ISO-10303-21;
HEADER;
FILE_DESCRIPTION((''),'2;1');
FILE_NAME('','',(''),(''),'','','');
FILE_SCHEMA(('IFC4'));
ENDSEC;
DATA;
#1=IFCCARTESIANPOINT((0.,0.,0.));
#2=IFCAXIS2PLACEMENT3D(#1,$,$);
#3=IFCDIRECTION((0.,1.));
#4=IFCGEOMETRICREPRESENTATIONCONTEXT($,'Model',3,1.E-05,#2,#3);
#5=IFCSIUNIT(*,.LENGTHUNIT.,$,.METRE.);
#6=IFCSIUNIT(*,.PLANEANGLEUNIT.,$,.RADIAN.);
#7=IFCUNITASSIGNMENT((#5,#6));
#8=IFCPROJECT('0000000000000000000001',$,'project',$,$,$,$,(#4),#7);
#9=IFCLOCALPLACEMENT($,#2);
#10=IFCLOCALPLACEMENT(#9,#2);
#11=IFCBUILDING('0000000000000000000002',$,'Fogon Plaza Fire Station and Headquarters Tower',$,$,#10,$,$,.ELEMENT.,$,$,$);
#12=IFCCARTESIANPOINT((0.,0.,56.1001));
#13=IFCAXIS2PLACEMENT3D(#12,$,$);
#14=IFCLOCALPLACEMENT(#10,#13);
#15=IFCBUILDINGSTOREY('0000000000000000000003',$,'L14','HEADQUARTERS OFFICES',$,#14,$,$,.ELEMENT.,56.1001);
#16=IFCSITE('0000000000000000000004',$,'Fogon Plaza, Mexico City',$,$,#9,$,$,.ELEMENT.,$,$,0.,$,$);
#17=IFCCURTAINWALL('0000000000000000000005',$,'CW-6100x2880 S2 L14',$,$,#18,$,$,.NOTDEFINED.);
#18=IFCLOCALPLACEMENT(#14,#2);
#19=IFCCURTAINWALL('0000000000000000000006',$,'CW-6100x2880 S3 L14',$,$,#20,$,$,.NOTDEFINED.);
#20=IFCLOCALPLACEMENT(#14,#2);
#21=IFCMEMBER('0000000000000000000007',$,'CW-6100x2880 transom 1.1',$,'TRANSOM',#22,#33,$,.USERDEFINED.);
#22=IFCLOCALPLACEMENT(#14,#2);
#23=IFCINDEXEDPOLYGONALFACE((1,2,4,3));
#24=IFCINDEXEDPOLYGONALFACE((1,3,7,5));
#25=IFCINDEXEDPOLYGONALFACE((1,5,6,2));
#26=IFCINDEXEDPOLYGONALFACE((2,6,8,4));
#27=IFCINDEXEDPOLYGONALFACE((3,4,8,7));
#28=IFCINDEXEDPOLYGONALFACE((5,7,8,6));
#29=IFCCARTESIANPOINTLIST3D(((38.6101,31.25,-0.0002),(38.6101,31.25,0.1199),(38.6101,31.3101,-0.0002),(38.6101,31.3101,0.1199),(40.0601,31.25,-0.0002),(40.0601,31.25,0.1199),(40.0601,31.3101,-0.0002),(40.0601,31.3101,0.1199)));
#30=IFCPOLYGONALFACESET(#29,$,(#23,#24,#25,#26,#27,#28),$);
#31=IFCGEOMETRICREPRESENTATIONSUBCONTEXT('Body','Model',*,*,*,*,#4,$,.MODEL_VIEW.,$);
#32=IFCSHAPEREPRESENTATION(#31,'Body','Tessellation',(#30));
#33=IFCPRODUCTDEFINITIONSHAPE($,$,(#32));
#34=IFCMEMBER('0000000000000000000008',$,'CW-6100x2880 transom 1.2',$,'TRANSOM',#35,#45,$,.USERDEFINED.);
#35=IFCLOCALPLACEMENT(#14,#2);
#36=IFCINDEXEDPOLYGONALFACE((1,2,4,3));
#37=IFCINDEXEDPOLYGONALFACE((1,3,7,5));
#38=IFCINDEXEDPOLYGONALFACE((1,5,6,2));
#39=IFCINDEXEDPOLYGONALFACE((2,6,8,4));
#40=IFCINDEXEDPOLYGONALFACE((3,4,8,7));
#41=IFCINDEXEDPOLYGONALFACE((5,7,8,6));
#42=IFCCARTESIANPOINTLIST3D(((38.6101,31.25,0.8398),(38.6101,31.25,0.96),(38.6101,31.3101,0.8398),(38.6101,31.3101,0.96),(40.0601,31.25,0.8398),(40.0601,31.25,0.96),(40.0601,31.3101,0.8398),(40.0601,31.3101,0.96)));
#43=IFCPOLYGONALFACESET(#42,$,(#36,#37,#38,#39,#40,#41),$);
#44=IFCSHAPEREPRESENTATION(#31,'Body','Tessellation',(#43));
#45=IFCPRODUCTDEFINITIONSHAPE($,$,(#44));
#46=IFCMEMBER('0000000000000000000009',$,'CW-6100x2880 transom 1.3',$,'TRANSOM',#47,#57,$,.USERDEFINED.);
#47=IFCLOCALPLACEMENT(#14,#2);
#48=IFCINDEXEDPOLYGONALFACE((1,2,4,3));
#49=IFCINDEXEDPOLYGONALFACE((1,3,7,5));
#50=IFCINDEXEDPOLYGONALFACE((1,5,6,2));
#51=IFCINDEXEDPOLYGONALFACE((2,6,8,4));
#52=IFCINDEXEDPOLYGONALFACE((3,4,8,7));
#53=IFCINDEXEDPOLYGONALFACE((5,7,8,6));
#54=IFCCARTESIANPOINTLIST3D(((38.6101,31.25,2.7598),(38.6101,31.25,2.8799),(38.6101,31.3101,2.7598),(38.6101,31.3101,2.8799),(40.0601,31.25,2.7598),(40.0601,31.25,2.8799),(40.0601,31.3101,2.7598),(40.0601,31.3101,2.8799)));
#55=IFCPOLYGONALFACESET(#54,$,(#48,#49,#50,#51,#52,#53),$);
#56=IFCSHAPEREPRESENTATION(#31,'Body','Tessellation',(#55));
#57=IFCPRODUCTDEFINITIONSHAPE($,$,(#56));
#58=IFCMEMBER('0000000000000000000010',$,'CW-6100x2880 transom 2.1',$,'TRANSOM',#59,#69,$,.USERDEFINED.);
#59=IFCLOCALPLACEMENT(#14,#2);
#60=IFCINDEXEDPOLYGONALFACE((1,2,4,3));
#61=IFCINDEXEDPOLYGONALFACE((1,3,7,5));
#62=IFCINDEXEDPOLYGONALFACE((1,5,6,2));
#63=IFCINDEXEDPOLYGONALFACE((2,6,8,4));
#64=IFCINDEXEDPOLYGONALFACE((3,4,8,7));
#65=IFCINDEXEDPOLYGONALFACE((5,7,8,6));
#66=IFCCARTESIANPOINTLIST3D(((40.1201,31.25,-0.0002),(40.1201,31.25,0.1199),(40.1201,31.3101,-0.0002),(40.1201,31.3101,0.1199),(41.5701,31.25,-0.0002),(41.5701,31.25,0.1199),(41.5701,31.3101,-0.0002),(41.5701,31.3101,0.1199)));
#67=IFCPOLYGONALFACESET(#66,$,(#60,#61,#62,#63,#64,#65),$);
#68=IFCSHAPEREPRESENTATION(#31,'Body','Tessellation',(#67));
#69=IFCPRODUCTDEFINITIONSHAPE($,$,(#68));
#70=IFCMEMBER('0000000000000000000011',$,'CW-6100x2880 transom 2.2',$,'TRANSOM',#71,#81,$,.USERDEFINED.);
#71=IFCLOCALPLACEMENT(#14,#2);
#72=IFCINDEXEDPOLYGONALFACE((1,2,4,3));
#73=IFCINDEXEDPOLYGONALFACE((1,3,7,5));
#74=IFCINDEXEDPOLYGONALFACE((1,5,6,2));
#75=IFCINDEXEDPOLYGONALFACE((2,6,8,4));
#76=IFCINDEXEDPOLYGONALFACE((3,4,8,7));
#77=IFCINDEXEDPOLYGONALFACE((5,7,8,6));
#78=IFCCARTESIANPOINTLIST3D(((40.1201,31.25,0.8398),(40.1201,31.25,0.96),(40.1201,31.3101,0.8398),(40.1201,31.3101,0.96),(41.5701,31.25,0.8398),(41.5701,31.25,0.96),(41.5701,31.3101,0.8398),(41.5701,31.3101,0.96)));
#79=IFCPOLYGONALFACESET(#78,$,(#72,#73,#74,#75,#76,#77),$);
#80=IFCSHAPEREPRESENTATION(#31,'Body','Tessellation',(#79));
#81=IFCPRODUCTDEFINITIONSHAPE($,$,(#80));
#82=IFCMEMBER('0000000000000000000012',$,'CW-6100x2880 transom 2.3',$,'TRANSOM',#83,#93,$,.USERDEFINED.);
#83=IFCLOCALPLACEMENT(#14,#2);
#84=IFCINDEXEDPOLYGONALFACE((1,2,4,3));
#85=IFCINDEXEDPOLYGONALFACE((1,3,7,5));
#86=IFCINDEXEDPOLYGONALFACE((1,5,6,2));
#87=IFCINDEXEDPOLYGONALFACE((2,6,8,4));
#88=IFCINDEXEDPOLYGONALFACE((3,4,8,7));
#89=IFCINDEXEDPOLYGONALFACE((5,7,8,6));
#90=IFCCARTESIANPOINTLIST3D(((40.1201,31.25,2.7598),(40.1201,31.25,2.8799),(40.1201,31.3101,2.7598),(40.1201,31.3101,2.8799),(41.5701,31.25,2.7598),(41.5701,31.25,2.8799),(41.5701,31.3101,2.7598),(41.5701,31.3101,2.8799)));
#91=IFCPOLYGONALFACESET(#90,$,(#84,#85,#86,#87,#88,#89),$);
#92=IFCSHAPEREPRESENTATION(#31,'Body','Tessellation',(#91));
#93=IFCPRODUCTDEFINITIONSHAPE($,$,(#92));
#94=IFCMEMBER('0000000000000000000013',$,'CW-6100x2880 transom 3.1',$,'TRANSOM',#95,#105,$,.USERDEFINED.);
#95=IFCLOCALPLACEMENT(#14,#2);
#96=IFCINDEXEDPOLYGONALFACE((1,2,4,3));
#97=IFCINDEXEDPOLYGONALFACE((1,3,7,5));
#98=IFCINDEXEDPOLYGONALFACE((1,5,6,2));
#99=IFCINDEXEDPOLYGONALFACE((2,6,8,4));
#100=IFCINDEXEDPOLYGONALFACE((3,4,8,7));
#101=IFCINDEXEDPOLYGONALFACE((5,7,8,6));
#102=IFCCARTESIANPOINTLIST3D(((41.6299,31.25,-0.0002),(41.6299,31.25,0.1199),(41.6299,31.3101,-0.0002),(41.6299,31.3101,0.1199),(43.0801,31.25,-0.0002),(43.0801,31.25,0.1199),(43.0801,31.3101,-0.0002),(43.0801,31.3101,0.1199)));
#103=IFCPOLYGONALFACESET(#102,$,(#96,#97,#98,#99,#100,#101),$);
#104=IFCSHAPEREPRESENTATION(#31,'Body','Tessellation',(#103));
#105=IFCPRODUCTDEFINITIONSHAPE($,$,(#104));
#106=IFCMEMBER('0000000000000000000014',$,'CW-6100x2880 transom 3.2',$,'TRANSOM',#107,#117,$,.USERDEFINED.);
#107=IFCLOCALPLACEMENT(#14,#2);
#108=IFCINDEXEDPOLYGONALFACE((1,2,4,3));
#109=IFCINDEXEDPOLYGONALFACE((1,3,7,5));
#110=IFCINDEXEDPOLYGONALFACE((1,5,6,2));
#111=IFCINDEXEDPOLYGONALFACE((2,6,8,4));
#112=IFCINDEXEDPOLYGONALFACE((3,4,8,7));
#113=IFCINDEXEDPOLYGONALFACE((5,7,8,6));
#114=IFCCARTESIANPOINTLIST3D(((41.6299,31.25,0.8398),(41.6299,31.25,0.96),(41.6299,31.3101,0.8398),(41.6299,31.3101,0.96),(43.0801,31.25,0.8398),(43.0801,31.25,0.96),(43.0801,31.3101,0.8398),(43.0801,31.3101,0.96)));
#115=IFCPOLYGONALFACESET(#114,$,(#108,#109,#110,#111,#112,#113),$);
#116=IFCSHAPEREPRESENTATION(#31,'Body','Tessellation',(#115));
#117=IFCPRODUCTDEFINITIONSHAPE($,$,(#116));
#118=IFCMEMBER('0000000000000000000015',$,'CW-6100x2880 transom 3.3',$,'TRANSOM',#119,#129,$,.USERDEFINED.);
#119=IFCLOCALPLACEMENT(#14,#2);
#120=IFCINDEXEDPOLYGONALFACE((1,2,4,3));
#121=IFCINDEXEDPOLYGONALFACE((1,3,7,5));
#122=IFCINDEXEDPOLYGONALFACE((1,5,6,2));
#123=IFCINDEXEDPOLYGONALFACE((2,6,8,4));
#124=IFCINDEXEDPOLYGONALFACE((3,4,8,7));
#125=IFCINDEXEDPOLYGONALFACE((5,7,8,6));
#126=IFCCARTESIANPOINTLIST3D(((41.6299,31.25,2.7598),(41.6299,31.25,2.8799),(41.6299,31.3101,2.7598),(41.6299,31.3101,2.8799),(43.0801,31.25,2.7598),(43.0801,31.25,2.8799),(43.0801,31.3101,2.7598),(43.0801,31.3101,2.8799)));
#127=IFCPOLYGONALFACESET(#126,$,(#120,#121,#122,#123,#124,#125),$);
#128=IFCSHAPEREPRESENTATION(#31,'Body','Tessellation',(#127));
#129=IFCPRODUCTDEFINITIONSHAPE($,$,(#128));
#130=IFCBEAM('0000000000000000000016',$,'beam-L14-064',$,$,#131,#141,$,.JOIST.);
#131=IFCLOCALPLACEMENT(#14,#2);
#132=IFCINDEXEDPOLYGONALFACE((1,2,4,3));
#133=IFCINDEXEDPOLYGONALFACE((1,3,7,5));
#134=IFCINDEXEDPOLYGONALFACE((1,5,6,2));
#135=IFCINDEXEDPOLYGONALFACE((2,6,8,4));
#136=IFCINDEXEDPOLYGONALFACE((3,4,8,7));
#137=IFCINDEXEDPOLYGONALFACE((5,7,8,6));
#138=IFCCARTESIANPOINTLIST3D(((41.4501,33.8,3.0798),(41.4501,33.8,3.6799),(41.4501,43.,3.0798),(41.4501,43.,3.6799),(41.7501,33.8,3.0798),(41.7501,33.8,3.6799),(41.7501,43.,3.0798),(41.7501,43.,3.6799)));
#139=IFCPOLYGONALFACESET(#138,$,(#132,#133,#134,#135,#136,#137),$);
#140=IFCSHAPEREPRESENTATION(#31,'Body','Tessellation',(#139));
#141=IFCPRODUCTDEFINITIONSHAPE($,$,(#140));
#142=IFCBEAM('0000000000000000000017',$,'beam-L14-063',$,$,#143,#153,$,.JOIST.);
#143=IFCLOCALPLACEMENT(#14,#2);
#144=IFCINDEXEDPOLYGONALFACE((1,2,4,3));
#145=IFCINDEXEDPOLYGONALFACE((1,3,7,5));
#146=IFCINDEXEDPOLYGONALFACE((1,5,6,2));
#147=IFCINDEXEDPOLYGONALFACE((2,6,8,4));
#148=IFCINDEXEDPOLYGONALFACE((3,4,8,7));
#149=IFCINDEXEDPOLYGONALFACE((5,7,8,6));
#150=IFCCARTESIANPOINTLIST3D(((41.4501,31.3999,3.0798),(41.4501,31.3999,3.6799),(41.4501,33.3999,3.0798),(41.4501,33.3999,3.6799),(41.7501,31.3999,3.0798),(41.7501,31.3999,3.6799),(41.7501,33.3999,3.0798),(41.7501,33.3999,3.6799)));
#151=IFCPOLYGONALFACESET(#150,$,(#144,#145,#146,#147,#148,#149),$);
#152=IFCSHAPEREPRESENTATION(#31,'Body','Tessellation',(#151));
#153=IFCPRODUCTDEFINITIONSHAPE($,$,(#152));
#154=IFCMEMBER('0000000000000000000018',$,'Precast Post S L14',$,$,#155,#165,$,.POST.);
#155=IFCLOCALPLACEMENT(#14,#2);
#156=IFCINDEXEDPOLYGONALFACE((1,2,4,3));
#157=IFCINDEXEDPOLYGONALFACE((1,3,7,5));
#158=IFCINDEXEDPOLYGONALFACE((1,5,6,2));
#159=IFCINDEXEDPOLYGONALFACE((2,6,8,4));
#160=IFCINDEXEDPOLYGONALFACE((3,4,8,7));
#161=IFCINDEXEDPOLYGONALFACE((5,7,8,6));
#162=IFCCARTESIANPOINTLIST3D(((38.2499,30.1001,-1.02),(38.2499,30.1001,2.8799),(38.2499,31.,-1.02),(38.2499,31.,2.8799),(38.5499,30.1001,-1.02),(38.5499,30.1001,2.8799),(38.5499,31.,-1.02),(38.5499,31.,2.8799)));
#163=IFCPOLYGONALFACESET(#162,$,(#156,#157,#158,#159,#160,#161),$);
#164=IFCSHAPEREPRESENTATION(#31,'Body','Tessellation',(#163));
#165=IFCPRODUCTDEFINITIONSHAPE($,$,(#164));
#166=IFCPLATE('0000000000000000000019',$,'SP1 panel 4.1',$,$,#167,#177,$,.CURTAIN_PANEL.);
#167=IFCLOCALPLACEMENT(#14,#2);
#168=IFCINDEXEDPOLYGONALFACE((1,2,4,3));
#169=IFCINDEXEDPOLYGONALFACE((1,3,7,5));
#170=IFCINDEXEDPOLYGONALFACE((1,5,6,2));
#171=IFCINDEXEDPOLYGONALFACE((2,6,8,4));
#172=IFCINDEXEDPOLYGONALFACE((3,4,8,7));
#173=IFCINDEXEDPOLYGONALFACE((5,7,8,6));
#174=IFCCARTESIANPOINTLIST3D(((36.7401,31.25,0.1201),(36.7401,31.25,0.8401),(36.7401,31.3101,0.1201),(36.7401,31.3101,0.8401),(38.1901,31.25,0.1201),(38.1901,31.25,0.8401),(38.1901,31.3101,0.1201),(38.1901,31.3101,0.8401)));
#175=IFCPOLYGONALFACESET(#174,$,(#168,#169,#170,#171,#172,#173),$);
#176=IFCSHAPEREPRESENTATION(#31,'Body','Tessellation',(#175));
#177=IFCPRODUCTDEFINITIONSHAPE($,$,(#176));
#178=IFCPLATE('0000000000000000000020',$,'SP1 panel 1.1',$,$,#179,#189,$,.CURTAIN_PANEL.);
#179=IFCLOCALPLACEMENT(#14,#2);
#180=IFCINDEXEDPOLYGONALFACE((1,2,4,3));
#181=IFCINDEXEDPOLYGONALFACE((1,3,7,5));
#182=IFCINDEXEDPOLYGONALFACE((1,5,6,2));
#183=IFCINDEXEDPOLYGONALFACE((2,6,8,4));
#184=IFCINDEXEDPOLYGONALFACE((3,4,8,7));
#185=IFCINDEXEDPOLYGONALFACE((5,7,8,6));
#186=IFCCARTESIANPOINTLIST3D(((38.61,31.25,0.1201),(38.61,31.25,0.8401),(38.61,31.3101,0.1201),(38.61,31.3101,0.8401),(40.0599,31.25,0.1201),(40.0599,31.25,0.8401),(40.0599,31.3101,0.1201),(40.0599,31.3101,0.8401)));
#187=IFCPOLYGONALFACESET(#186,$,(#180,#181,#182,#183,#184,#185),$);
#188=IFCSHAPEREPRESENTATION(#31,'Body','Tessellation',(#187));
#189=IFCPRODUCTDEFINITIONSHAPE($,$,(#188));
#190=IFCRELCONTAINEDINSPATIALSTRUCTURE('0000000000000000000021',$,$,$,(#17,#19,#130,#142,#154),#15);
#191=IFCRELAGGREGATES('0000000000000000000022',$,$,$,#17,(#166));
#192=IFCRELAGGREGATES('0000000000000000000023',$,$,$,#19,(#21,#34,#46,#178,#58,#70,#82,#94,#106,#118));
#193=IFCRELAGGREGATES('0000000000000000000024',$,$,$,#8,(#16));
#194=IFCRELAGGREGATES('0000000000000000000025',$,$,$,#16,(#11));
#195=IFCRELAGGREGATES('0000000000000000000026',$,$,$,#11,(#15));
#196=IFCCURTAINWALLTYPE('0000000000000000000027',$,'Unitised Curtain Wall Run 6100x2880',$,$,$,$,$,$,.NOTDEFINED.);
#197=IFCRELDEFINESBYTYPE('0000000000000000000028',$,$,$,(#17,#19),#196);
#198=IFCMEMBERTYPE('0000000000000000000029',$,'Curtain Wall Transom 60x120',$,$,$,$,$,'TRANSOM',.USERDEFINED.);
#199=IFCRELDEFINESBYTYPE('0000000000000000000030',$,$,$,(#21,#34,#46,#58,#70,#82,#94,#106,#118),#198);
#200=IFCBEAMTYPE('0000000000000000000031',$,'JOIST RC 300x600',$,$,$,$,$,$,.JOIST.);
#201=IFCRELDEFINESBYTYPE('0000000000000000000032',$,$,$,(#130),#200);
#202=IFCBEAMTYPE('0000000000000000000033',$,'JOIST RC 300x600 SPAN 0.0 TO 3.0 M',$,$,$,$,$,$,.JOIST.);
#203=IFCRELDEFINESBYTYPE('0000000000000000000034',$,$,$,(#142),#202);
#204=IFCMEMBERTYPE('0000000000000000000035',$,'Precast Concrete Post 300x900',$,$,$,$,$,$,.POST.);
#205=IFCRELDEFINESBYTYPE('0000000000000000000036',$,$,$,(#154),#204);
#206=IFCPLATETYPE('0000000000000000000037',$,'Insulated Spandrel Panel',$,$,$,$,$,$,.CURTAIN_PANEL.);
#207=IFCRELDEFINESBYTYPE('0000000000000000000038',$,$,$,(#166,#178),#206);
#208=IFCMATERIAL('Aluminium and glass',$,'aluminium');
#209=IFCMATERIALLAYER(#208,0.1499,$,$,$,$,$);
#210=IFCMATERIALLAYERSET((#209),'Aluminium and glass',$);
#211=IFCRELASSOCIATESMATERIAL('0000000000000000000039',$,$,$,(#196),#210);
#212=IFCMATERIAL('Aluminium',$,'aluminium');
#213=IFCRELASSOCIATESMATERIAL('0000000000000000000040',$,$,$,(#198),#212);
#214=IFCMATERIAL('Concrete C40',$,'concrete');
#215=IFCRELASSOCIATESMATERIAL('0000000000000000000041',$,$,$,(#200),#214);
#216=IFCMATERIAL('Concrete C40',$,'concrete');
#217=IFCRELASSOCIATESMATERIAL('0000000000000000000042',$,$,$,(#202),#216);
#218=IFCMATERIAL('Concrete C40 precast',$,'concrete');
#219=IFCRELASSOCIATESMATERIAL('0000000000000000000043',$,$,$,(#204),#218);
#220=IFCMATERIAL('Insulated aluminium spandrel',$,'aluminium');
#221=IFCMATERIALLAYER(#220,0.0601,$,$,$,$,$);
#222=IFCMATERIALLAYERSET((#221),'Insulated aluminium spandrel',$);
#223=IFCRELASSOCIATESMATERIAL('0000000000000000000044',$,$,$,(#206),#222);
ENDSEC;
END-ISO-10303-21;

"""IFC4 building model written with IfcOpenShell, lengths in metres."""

from ifc_helpers import new_model, si_unit, direction, frame, origin, origin_2d, place, context, subcontext, project, spatial, rectangle, extrude, material, layer, layer_set, material_profile, profile_set, type_object, element, aggregate, save


model = new_model("IFC4")

# Units and contexts
model_context = context("Model", 3, precision=1e-05, world=origin(), true_north=direction((0.0, 1.0)))
body_context = subcontext(model_context, "Body", "Model", "MODEL_VIEW")
ifc_project = project(units=[si_unit("LENGTHUNIT", "METRE"), si_unit("PLANEANGLEUNIT", "RADIAN")], contexts=[model_context])

# Site, building, storey
site_placement = place(None, origin())
site = spatial("IfcSite", under=ifc_project, at=site_placement, Name="Fogon Plaza, Mexico City", CompositionType="ELEMENT", RefElevation=0.0)
building_placement = place(site_placement, origin())
building = spatial("IfcBuilding", under=site, at=building_placement, Name="Fogon Plaza Fire Station and Headquarters Tower", CompositionType="ELEMENT")
storey_placement = place(building_placement, frame((0.0, 0.0, 56.1001)))
storey = spatial("IfcBuildingStorey", under=building, at=storey_placement, Name="L14", Description="HEADQUARTERS OFFICES", CompositionType="ELEMENT", Elevation=56.1001)

# Curtain walls
ifc_material_1 = material(Name="Aluminium and glass", Category="aluminium")
ifc_layer_1 = layer(ifc_material_1, 0.1499)
ifc_layer_set_1 = layer_set([ifc_layer_1], Name="Aluminium and glass")
curtain_wall_type = type_object("IfcCurtainWallType", Name="Unitised Curtain Wall Run 6100x2880", PredefinedType="NOTDEFINED", material=ifc_layer_set_1)
curtain_wall_1_placement = place(storey_placement, origin())
curtain_wall_1 = element("IfcCurtainWall", 1, at=curtain_wall_1_placement, inside=storey, type_object=curtain_wall_type, Name="CW-6100x2880 S2 L14", PredefinedType="NOTDEFINED")
curtain_wall_2_placement = place(storey_placement, origin())
curtain_wall_2 = element("IfcCurtainWall", 2, at=curtain_wall_2_placement, inside=storey, type_object=curtain_wall_type, Name="CW-6100x2880 S3 L14", PredefinedType="NOTDEFINED")

# Members
ifc_material_2 = material(Name="Aluminium", Category="aluminium")
ifc_material_profile_1 = material_profile(ifc_material_2, rectangle(XDim=0.0601, YDim=0.1201, at=origin_2d()), Name="Curtain Wall Transom 60x120")
ifc_profile_set_1 = profile_set([ifc_material_profile_1], Name="Aluminium")
member_type_1 = type_object("IfcMemberType", Name="Curtain Wall Transom 60x120", ElementType="TRANSOM", PredefinedType="USERDEFINED", material=ifc_profile_set_1)
member_1_placement = place(storey_placement, frame((38.6101, 31.28, 0.0598), z_axis=(1.0, 0.0, 0.0), x_axis=(0.0, 1.0, 0.0)))
member_1 = element("IfcMember", 3, at=member_1_placement, type_object=member_type_1, Name="CW-6100x2880 transom 1.1", ObjectType="TRANSOM", PredefinedType="USERDEFINED", context=body_context, shape_type="SweptSolid", body=[
    extrude(rectangle(XDim=0.0601, YDim=0.1201, at=origin_2d()), origin(), (0.0, 0.0, 1.0), 1.45),
])
member_2_placement = place(storey_placement, frame((38.6101, 31.28, 0.8999), z_axis=(1.0, 0.0, 0.0), x_axis=(0.0, 1.0, 0.0)))
member_2 = element("IfcMember", 4, at=member_2_placement, type_object=member_type_1, Name="CW-6100x2880 transom 1.2", ObjectType="TRANSOM", PredefinedType="USERDEFINED", context=body_context, shape_type="SweptSolid", body=[
    extrude(rectangle(XDim=0.0601, YDim=0.1201, at=origin_2d()), origin(), (0.0, 0.0, 1.0), 1.45),
])
member_3_placement = place(storey_placement, frame((38.6101, 31.28, 2.8198), z_axis=(1.0, 0.0, 0.0), x_axis=(0.0, 1.0, 0.0)))
member_3 = element("IfcMember", 5, at=member_3_placement, type_object=member_type_1, Name="CW-6100x2880 transom 1.3", ObjectType="TRANSOM", PredefinedType="USERDEFINED", context=body_context, shape_type="SweptSolid", body=[
    extrude(rectangle(XDim=0.0601, YDim=0.1201, at=origin_2d()), origin(), (0.0, 0.0, 1.0), 1.45),
])
member_4_placement = place(storey_placement, frame((40.1201, 31.28, 0.0598), z_axis=(1.0, 0.0, 0.0), x_axis=(0.0, 1.0, 0.0)))
member_4 = element("IfcMember", 6, at=member_4_placement, type_object=member_type_1, Name="CW-6100x2880 transom 2.1", ObjectType="TRANSOM", PredefinedType="USERDEFINED", context=body_context, shape_type="SweptSolid", body=[
    extrude(rectangle(XDim=0.0601, YDim=0.1201, at=origin_2d()), origin(), (0.0, 0.0, 1.0), 1.45),
])
member_5_placement = place(storey_placement, frame((40.1201, 31.28, 0.8999), z_axis=(1.0, 0.0, 0.0), x_axis=(0.0, 1.0, 0.0)))
member_5 = element("IfcMember", 7, at=member_5_placement, type_object=member_type_1, Name="CW-6100x2880 transom 2.2", ObjectType="TRANSOM", PredefinedType="USERDEFINED", context=body_context, shape_type="SweptSolid", body=[
    extrude(rectangle(XDim=0.0601, YDim=0.1201, at=origin_2d()), origin(), (0.0, 0.0, 1.0), 1.45),
])
member_6_placement = place(storey_placement, frame((40.1201, 31.28, 2.8198), z_axis=(1.0, 0.0, 0.0), x_axis=(0.0, 1.0, 0.0)))
member_6 = element("IfcMember", 8, at=member_6_placement, type_object=member_type_1, Name="CW-6100x2880 transom 2.3", ObjectType="TRANSOM", PredefinedType="USERDEFINED", context=body_context, shape_type="SweptSolid", body=[
    extrude(rectangle(XDim=0.0601, YDim=0.1201, at=origin_2d()), origin(), (0.0, 0.0, 1.0), 1.45),
])
member_7_placement = place(storey_placement, frame((41.6299, 31.28, 0.0598), z_axis=(1.0, 0.0, 0.0), x_axis=(0.0, 1.0, 0.0)))
member_7 = element("IfcMember", 9, at=member_7_placement, type_object=member_type_1, Name="CW-6100x2880 transom 3.1", ObjectType="TRANSOM", PredefinedType="USERDEFINED", context=body_context, shape_type="SweptSolid", body=[
    extrude(rectangle(XDim=0.0601, YDim=0.1201, at=origin_2d()), origin(), (0.0, 0.0, 1.0), 1.4502),
])
member_8_placement = place(storey_placement, frame((41.6299, 31.28, 0.8999), z_axis=(1.0, 0.0, 0.0), x_axis=(0.0, 1.0, 0.0)))
member_8 = element("IfcMember", 10, at=member_8_placement, type_object=member_type_1, Name="CW-6100x2880 transom 3.2", ObjectType="TRANSOM", PredefinedType="USERDEFINED", context=body_context, shape_type="SweptSolid", body=[
    extrude(rectangle(XDim=0.0601, YDim=0.1201, at=origin_2d()), origin(), (0.0, 0.0, 1.0), 1.4502),
])
member_9_placement = place(storey_placement, frame((41.6299, 31.28, 2.8198), z_axis=(1.0, 0.0, 0.0), x_axis=(0.0, 1.0, 0.0)))
member_9 = element("IfcMember", 11, at=member_9_placement, type_object=member_type_1, Name="CW-6100x2880 transom 3.3", ObjectType="TRANSOM", PredefinedType="USERDEFINED", context=body_context, shape_type="SweptSolid", body=[
    extrude(rectangle(XDim=0.0601, YDim=0.1201, at=origin_2d()), origin(), (0.0, 0.0, 1.0), 1.4502),
])

# Beams
ifc_material_3 = material(Name="Concrete C40", Category="concrete")
ifc_material_profile_2 = material_profile(ifc_material_3, rectangle(XDim=0.3, YDim=0.6001, at=origin_2d()), Name="RC 300x600")
ifc_profile_set_2 = profile_set([ifc_material_profile_2], Name="Concrete C40")
beam_type_1 = type_object("IfcBeamType", Name="JOIST RC 300x600", PredefinedType="JOIST", material=ifc_profile_set_2)
beam_1_placement = place(storey_placement, frame((41.6001, 33.8, 3.3799), z_axis=(0.0, 1.0, 0.0), x_axis=(-1.0, 0.0, 0.0)))
element("IfcBeam", 12, at=beam_1_placement, inside=storey, type_object=beam_type_1, Name="beam-L14-064", PredefinedType="JOIST", context=body_context, shape_type="SweptSolid", body=[
    extrude(rectangle(XDim=0.3, YDim=0.6001, at=origin_2d()), origin(), (0.0, 0.0, 1.0), 9.2),
])
ifc_material_4 = material(Name="Concrete C40", Category="concrete")
ifc_material_profile_3 = material_profile(ifc_material_4, rectangle(XDim=0.3, YDim=0.6001, at=origin_2d()), Name="RC 300x600")
ifc_profile_set_3 = profile_set([ifc_material_profile_3], Name="Concrete C40")
beam_type_2 = type_object("IfcBeamType", Name="JOIST RC 300x600 SPAN 0.0 TO 3.0 M", PredefinedType="JOIST", material=ifc_profile_set_3)
beam_2_placement = place(storey_placement, frame((41.6001, 31.3999, 3.3799), z_axis=(0.0, 1.0, 0.0), x_axis=(-1.0, 0.0, 0.0)))
element("IfcBeam", 13, at=beam_2_placement, inside=storey, type_object=beam_type_2, Name="beam-L14-063", PredefinedType="JOIST", context=body_context, shape_type="SweptSolid", body=[
    extrude(rectangle(XDim=0.3, YDim=0.6001, at=origin_2d()), origin(), (0.0, 0.0, 1.0), 2.0),
])

# Member
ifc_material_5 = material(Name="Concrete C40 precast", Category="concrete")
ifc_material_profile_4 = material_profile(ifc_material_5, rectangle(XDim=0.3, YDim=0.8999, at=origin_2d()), Name="Precast Concrete Post 300x900")
ifc_profile_set_4 = profile_set([ifc_material_profile_4], Name="Concrete C40 precast")
member_type_2 = type_object("IfcMemberType", Name="Precast Concrete Post 300x900", PredefinedType="POST", material=ifc_profile_set_4)
member_10_placement = place(storey_placement, frame((38.3999, 30.55, -1.02), z_axis=(0.0, 0.0, 1.0), x_axis=(1.0, 0.0, 0.0)))
element("IfcMember", 14, at=member_10_placement, inside=storey, type_object=member_type_2, Name="Precast Post S L14", PredefinedType="POST", context=body_context, shape_type="SweptSolid", body=[
    extrude(rectangle(XDim=0.3, YDim=0.8999, at=origin_2d()), origin(), (0.0, 0.0, 1.0), 3.8999),
])

# Plates
ifc_material_6 = material(Name="Insulated aluminium spandrel", Category="aluminium")
ifc_layer_2 = layer(ifc_material_6, 0.0601)
ifc_layer_set_2 = layer_set([ifc_layer_2], Name="Insulated aluminium spandrel")
plate_type_1 = type_object("IfcPlateType", Name="Insulated Spandrel Panel", PredefinedType="CURTAIN_PANEL", material=ifc_layer_set_2)
plate_1_placement = place(storey_placement, frame((37.4651, 31.28, 0.1201), z_axis=(0.0, 0.0, 1.0), x_axis=(1.0, 0.0, 0.0)))
plate_1 = element("IfcPlate", 15, at=plate_1_placement, type_object=plate_type_1, Name="SP1 panel 4.1", PredefinedType="CURTAIN_PANEL", context=body_context, shape_type="SweptSolid", body=[
    extrude(rectangle(XDim=1.45, YDim=0.0601, at=origin_2d()), origin(), (0.0, 0.0, 1.0), 0.72),
])
plate_2_placement = place(storey_placement, frame((39.335, 31.28, 0.1201), z_axis=(0.0, 0.0, 1.0), x_axis=(1.0, 0.0, 0.0)))
plate_2 = element("IfcPlate", 16, at=plate_2_placement, type_object=plate_type_1, Name="SP1 panel 1.1", PredefinedType="CURTAIN_PANEL", context=body_context, shape_type="SweptSolid", body=[
    extrude(rectangle(XDim=1.45, YDim=0.0601, at=origin_2d()), origin(), (0.0, 0.0, 1.0), 0.72),
])
aggregate(curtain_wall_1, [plate_1])
aggregate(curtain_wall_2, [member_1, member_2, member_3, plate_2, member_4, member_5, member_6, member_7, member_8, member_9])

save(model, "model.ifc")
